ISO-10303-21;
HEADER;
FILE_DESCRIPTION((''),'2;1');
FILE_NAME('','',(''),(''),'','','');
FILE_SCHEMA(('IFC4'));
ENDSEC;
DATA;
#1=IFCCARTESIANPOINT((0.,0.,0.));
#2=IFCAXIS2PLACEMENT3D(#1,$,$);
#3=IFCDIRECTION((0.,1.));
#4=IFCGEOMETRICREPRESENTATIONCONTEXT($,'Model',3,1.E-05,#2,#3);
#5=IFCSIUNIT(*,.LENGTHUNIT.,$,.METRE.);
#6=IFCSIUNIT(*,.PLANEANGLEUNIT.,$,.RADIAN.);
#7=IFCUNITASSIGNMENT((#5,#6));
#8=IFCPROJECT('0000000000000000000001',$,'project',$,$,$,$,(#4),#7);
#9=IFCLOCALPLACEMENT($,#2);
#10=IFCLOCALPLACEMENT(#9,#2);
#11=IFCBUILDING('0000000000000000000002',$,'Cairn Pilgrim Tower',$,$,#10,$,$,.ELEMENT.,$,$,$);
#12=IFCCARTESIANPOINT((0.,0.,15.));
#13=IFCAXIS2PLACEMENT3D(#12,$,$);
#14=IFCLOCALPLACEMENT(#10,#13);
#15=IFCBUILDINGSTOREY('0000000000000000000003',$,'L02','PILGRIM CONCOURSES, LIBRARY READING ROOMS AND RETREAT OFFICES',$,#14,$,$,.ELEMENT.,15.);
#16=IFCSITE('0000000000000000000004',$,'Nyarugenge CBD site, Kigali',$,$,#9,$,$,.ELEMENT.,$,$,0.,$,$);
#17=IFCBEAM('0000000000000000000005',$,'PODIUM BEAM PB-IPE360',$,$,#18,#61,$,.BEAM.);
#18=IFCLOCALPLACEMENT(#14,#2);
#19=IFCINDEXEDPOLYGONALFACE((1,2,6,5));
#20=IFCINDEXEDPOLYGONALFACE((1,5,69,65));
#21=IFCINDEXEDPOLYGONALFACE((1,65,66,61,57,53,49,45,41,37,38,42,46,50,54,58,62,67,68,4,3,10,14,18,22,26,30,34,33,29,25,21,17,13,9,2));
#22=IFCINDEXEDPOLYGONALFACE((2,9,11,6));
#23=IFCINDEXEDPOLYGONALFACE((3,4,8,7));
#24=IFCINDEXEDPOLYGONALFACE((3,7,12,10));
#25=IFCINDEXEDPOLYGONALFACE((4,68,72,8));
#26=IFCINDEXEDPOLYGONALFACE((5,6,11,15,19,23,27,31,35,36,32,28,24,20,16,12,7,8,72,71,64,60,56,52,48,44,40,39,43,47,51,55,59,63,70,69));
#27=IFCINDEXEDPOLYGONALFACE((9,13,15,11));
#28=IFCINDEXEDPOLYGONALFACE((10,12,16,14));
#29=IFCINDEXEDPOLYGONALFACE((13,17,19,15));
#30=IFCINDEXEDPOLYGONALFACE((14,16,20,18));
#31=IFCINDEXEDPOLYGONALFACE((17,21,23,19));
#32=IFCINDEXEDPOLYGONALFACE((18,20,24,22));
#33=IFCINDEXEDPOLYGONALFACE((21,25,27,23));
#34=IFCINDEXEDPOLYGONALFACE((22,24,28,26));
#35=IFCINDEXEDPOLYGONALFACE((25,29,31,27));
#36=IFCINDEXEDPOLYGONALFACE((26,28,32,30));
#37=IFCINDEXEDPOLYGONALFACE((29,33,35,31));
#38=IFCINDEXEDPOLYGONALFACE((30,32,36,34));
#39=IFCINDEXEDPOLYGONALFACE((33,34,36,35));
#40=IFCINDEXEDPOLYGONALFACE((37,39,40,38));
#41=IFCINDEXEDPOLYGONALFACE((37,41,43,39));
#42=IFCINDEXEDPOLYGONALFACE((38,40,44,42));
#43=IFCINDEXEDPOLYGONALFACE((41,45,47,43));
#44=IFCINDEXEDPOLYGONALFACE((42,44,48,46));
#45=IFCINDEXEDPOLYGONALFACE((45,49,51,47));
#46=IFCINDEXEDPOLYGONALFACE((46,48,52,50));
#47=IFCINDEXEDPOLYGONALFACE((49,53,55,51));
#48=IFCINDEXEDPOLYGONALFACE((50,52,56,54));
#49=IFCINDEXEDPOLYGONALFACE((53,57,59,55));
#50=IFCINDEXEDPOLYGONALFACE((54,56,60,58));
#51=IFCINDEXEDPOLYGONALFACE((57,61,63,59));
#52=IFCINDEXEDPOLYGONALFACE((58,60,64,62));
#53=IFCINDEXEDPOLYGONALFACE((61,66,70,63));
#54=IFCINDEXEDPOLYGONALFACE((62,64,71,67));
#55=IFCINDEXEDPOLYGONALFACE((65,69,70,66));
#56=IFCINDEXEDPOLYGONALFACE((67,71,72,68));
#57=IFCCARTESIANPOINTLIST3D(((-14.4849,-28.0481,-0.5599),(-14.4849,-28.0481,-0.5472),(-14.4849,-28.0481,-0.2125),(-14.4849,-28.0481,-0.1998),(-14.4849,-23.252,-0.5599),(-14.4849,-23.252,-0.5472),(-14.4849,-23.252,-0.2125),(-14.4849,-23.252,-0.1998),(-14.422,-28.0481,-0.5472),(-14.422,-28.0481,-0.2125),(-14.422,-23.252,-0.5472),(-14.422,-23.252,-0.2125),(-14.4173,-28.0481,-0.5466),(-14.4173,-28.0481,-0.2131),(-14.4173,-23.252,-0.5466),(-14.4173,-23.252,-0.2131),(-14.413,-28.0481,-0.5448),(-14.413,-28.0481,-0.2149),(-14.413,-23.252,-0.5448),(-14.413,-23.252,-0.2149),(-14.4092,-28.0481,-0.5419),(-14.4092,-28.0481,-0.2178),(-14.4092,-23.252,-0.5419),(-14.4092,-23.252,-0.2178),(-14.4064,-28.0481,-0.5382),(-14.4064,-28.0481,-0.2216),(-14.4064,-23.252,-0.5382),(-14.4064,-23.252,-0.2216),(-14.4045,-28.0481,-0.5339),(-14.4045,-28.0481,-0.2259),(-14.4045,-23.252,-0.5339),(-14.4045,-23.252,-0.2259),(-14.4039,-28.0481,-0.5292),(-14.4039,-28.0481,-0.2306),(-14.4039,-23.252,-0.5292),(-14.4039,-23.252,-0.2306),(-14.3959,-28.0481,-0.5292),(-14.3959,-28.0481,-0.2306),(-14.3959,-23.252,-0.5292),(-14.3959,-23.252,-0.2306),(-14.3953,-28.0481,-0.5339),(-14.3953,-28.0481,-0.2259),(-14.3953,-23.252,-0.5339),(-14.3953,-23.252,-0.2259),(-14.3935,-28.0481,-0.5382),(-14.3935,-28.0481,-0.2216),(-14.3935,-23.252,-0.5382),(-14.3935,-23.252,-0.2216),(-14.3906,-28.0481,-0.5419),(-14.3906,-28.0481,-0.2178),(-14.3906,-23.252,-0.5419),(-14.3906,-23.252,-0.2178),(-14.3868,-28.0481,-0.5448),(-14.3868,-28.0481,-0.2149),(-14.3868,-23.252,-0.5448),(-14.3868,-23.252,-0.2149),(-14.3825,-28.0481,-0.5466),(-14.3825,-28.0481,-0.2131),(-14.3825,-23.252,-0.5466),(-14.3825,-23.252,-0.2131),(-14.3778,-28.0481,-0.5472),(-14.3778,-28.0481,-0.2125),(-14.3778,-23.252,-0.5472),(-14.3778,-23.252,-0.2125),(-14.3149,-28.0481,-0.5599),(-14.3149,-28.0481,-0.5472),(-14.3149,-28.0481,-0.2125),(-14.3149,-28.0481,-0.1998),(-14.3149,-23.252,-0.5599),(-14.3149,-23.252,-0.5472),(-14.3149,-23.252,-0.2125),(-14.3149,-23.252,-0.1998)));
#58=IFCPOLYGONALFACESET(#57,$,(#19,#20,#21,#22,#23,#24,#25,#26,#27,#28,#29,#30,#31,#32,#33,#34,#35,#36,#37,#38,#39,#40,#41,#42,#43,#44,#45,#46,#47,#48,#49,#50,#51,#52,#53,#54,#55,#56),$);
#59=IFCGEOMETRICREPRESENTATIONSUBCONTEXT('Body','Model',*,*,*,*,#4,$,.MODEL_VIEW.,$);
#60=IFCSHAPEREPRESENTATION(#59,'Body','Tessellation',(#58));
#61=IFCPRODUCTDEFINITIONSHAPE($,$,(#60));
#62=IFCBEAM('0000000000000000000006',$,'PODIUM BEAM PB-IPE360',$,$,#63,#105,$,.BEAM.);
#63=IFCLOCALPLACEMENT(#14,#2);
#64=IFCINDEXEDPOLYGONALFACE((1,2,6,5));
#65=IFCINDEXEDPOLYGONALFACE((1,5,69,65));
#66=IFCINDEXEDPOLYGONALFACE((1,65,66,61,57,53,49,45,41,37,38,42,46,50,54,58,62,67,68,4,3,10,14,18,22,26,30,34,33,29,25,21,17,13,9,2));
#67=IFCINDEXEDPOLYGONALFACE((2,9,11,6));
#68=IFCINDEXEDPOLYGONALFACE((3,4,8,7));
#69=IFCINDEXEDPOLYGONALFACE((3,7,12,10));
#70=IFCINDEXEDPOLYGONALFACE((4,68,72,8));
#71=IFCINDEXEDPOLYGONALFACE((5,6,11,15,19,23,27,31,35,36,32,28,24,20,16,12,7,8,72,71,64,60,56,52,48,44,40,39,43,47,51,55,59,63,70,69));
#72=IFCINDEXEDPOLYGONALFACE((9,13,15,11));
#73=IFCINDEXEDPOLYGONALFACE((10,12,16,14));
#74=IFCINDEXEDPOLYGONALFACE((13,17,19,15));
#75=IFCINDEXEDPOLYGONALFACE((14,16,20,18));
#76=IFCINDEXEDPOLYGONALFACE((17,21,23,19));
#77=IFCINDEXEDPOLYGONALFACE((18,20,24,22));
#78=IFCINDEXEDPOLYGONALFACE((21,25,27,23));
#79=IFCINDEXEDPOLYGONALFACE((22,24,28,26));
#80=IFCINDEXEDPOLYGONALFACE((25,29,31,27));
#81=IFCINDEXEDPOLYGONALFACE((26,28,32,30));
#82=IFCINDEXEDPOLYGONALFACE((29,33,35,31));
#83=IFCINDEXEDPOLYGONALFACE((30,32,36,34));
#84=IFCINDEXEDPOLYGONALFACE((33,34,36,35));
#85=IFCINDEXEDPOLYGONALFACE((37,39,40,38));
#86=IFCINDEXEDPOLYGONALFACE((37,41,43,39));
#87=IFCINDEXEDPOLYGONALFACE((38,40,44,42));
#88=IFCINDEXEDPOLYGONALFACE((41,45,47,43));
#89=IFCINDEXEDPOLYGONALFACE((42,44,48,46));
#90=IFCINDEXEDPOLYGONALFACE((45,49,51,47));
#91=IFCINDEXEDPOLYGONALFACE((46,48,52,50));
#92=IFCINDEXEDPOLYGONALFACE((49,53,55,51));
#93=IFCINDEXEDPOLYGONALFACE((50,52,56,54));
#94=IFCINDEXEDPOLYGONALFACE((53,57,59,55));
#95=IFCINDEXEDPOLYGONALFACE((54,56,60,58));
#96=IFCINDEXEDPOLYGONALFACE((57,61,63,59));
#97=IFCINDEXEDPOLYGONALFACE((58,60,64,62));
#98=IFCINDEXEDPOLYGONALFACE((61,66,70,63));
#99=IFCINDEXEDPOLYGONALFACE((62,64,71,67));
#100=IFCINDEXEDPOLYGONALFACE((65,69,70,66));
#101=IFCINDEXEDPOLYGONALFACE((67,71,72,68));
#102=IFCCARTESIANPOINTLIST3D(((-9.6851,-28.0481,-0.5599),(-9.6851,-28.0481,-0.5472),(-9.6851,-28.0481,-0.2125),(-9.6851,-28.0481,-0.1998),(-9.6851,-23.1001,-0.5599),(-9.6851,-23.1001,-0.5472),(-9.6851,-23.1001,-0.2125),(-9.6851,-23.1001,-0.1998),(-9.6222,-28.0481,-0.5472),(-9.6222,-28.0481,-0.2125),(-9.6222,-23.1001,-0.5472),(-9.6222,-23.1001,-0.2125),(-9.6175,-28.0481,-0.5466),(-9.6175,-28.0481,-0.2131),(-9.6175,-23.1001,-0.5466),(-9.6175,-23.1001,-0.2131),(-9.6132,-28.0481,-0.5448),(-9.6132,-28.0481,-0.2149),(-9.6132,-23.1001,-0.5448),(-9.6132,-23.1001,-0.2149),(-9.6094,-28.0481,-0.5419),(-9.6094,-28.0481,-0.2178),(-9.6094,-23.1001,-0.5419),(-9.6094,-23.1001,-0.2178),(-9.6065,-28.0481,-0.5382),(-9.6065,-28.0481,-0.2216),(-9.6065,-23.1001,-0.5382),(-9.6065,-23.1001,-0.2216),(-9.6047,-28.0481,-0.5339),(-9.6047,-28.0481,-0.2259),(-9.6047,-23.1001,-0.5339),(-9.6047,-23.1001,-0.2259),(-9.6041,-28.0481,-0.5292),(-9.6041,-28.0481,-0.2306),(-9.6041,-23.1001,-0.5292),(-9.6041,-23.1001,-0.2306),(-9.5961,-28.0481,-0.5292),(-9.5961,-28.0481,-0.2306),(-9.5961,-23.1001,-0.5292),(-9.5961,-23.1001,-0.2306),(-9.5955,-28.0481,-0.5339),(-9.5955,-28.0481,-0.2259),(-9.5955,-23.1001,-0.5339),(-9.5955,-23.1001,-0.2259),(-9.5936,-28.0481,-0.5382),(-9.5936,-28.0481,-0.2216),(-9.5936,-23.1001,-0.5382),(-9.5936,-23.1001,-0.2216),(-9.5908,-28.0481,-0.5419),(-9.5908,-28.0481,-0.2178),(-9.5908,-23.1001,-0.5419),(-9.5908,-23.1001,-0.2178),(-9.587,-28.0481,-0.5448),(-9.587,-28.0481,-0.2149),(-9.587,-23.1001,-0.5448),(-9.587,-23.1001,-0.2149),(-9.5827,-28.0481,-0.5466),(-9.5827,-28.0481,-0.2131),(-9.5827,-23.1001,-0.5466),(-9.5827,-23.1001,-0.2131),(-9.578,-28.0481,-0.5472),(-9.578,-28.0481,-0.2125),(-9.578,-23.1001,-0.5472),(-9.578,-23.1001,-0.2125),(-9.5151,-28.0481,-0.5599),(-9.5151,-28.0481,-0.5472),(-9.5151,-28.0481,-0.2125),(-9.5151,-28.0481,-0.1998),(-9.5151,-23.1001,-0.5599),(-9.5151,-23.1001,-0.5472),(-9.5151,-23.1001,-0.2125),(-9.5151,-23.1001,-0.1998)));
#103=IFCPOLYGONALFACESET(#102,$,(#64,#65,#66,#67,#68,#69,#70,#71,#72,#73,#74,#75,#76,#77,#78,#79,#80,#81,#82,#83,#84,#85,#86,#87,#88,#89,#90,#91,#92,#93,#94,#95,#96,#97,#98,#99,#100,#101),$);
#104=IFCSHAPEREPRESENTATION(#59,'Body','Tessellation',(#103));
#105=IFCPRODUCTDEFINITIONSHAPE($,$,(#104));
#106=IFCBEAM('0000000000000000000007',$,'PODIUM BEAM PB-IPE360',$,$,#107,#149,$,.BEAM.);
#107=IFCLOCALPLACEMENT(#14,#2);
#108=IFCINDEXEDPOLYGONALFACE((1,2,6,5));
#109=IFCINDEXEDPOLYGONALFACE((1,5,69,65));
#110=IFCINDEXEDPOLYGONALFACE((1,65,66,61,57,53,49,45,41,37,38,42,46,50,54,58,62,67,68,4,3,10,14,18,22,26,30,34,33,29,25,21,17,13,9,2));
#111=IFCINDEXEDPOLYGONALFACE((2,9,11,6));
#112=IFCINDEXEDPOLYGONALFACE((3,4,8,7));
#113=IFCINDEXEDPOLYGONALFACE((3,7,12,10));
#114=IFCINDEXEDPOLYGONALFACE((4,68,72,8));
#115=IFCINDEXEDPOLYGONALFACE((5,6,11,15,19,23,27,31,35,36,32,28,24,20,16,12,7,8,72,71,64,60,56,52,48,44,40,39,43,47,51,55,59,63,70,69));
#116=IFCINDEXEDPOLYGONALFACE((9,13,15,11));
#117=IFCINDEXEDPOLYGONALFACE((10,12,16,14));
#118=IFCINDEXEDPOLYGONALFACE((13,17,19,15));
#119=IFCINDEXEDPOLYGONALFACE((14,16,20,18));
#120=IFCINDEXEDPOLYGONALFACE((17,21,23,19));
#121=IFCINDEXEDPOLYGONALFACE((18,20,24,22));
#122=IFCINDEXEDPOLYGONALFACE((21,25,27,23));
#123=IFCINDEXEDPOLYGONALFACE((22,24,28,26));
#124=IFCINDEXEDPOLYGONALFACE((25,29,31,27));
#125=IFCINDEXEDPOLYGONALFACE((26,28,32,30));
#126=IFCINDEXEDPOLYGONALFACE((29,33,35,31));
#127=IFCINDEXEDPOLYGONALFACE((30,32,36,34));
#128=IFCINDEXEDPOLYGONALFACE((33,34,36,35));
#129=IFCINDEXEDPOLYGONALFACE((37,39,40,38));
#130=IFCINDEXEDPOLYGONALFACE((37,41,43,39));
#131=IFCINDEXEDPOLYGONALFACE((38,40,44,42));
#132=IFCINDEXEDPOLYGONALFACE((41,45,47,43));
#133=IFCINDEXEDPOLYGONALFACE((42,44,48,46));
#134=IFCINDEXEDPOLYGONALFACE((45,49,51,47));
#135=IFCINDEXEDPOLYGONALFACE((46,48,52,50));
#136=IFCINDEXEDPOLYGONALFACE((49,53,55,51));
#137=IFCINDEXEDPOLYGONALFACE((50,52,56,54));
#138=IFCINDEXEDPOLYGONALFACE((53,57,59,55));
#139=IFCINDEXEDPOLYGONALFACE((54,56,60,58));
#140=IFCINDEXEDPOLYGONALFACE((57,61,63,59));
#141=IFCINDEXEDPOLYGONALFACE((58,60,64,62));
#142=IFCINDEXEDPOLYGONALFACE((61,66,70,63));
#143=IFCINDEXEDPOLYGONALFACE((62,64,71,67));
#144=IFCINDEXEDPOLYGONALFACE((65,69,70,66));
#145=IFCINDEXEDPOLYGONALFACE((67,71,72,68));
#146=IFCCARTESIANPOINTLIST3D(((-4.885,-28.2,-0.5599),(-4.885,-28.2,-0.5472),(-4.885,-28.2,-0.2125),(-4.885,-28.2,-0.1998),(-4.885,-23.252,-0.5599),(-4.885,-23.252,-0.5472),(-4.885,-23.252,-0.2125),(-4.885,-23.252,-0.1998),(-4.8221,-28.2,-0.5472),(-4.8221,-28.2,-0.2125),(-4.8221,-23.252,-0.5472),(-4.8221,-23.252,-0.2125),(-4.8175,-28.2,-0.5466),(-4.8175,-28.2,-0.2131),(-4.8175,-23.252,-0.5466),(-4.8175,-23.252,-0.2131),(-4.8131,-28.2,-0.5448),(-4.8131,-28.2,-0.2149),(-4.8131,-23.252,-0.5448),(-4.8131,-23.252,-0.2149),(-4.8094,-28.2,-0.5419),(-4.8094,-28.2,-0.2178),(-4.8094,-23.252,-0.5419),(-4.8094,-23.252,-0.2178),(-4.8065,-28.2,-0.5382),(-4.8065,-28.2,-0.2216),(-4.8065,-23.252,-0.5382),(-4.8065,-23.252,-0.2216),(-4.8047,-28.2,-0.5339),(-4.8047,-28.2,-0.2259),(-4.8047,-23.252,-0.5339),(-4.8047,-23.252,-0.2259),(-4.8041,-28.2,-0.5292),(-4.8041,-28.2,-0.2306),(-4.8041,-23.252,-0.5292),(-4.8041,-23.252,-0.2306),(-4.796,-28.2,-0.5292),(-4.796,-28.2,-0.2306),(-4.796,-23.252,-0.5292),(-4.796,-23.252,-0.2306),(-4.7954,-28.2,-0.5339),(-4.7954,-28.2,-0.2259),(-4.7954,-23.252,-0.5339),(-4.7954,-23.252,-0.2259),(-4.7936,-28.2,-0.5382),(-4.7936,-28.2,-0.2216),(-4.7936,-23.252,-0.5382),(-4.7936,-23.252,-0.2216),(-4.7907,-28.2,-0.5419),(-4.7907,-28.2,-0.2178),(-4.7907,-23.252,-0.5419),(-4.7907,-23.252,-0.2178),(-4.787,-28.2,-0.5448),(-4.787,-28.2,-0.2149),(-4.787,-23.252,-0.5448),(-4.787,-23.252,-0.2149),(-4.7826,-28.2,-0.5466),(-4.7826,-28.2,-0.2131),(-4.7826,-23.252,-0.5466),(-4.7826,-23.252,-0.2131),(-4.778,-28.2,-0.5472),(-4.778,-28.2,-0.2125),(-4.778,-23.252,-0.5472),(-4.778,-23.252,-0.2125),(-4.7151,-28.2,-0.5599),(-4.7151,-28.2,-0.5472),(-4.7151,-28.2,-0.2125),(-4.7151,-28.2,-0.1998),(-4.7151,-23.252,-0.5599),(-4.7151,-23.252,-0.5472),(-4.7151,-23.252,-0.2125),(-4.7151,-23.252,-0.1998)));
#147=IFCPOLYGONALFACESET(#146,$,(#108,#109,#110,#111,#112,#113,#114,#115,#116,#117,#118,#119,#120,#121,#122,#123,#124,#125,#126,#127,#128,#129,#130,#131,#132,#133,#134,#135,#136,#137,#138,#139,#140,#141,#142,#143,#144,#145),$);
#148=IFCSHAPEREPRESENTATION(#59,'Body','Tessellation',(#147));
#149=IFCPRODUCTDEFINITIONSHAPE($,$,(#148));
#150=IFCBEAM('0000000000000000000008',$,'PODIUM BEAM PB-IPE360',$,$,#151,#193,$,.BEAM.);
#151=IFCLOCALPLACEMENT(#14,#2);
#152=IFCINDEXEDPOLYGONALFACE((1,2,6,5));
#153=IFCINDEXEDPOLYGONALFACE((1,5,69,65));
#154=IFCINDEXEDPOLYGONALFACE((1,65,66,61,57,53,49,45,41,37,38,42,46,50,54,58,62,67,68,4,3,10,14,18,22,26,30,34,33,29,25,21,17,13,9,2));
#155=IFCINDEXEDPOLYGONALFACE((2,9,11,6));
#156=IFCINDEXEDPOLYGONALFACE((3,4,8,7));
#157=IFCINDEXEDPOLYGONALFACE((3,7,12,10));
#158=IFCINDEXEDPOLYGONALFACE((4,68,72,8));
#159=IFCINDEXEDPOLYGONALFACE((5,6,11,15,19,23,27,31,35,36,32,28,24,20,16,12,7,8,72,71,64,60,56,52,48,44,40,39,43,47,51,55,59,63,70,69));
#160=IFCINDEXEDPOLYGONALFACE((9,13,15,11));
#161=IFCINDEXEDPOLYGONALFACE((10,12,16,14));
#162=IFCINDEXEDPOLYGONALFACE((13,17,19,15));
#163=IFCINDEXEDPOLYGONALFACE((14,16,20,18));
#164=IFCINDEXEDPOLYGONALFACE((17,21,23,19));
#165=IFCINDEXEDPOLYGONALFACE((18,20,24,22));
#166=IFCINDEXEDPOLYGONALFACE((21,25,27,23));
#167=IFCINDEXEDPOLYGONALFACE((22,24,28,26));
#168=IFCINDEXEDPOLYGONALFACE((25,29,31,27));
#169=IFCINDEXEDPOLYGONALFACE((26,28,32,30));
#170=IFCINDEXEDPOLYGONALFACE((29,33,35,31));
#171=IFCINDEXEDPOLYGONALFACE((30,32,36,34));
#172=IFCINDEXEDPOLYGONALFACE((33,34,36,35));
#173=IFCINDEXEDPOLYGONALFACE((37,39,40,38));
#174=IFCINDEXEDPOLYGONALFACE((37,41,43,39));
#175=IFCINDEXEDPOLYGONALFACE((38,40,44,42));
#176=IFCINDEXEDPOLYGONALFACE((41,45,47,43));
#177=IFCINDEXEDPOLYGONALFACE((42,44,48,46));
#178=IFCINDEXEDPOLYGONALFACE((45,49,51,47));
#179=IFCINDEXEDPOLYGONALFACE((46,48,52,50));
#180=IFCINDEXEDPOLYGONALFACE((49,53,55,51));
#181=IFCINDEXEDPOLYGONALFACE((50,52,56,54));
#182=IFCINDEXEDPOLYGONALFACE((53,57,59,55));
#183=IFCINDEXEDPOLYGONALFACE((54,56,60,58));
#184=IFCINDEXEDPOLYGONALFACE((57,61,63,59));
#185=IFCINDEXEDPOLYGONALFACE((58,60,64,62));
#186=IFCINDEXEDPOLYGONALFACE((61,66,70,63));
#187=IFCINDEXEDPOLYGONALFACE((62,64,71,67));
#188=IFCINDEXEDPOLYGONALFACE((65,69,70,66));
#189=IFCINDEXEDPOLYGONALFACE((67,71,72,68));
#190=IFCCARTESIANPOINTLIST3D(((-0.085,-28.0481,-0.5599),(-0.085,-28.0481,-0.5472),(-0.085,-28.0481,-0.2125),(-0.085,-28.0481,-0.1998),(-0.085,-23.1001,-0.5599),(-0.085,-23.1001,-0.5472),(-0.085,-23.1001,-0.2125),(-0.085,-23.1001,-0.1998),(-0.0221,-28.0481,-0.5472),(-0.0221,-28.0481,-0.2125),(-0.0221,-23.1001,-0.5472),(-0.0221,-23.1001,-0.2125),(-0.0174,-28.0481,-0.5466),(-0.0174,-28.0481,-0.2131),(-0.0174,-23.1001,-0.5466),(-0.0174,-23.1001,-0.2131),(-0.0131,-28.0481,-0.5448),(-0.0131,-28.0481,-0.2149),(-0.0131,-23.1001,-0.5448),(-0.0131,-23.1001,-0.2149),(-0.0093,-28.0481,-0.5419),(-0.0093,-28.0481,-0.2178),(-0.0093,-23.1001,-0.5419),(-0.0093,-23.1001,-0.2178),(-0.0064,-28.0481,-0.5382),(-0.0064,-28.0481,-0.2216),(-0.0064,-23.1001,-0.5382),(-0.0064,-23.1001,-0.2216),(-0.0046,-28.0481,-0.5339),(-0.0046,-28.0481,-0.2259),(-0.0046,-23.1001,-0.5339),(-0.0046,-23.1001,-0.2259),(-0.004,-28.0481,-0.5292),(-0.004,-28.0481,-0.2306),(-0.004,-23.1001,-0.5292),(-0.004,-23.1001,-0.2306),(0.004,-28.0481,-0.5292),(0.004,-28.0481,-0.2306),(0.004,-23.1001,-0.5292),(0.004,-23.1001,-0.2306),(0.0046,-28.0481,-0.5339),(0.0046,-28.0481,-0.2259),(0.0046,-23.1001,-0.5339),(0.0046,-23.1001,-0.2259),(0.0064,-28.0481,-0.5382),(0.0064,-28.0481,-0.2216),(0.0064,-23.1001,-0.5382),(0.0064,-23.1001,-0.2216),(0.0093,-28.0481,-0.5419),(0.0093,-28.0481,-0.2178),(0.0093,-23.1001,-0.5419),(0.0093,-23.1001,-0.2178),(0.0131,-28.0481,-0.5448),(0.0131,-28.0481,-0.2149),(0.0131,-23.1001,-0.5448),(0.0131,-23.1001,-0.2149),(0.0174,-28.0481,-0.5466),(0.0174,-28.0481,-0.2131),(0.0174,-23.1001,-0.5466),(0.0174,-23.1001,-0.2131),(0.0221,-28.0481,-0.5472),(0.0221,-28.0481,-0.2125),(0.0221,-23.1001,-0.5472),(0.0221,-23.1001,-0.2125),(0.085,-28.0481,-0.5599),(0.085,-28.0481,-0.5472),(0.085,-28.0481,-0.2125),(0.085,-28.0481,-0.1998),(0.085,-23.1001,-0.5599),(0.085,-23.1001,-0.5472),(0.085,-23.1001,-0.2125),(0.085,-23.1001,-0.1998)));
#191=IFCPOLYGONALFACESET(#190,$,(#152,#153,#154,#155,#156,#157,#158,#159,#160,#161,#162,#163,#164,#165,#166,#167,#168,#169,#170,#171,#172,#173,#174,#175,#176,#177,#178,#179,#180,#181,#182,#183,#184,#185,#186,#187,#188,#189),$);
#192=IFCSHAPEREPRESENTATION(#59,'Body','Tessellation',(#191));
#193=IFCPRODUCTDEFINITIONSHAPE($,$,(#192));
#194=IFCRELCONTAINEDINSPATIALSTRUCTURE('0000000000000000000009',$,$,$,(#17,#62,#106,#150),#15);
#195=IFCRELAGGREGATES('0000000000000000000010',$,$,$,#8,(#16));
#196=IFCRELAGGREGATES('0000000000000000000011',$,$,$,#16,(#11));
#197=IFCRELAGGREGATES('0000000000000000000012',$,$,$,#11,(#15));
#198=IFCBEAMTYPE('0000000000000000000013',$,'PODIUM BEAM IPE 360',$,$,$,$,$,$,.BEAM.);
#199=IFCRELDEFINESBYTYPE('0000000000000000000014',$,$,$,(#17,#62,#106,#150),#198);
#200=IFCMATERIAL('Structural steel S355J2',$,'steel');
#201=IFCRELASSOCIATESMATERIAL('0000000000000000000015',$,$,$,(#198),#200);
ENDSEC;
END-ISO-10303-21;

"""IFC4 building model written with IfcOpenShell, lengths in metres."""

from ifc_helpers import new_model, si_unit, direction, frame, origin, origin_2d, place, context, subcontext, project, spatial, i_section, extrude, material, material_profile, profile_set, type_object, element, save


model = new_model("IFC4")

# Units and contexts
model_context = context("Model", 3, precision=1e-05, world=origin(), true_north=direction((0.0, 1.0)))
body_context = subcontext(model_context, "Body", "Model", "MODEL_VIEW")
ifc_project = project(units=[si_unit("LENGTHUNIT", "METRE"), si_unit("PLANEANGLEUNIT", "RADIAN")], contexts=[model_context])

# Site, building, storey
site_placement = place(None, origin())
site = spatial("IfcSite", under=ifc_project, at=site_placement, Name="Nyarugenge CBD site, Kigali", CompositionType="ELEMENT", RefElevation=0.0)
building_placement = place(site_placement, origin())
building = spatial("IfcBuilding", under=site, at=building_placement, Name="Cairn Pilgrim Tower", CompositionType="ELEMENT")
storey_placement = place(building_placement, frame((0.0, 0.0, 15.0)))
storey = spatial("IfcBuildingStorey", under=building, at=storey_placement, Name="L02", Description="PILGRIM CONCOURSES, LIBRARY READING ROOMS AND RETREAT OFFICES", CompositionType="ELEMENT", Elevation=15.0)

# Beams
ifc_material_1 = material(Name="Structural steel S355J2", Category="steel")
ifc_material_profile_1 = material_profile(ifc_material_1, i_section(OverallWidth=0.1699, OverallDepth=0.3601, WebThickness=0.0081, FlangeThickness=0.0127, FilletRadius=0.0181, at=origin_2d()), Name="IPE 360")
ifc_profile_set_1 = profile_set([ifc_material_profile_1], Name="Structural steel S355J2")
beam_type_1 = type_object("IfcBeamType", Name="PODIUM BEAM IPE 360", PredefinedType="BEAM", material=ifc_profile_set_1)
beam_1_placement = place(storey_placement, frame((-14.3999, -28.0481, -0.3799), z_axis=(0.0, 1.0, 0.0), x_axis=(-1.0, 0.0, 0.0)))
element("IfcBeam", 1, at=beam_1_placement, inside=storey, type_object=beam_type_1, Name="PODIUM BEAM PB-IPE360", PredefinedType="BEAM", context=body_context, shape_type="SweptSolid", body=[
    extrude(i_section(OverallWidth=0.1699, OverallDepth=0.3601, WebThickness=0.0081, FlangeThickness=0.0127, FilletRadius=0.0181, at=origin_2d()), origin(), (0.0, 0.0, 1.0), 4.7961),
])
for number, where, z_axis, x_axis, name in (
    (2, (-9.6001, -28.0481, -0.3799), (0.0, 1.0, 0.0), (-1.0, 0.0, 0.0), "PODIUM BEAM PB-IPE360"),
    (3, (-4.8, -28.2, -0.3799), (0.0, 1.0, 0.0), (-1.0, 0.0, 0.0), "PODIUM BEAM PB-IPE360"),
    (4, (0.0, -28.0481, -0.3799), (0.0, 1.0, 0.0), (-1.0, 0.0, 0.0), "PODIUM BEAM PB-IPE360"),
):
    element("IfcBeam", number, at=place(storey_placement, frame(where, z_axis=z_axis, x_axis=x_axis)), inside=storey, type_object=beam_type_1, Name=name, PredefinedType="BEAM", context=body_context, shape_type="SweptSolid", body=[
        extrude(i_section(OverallWidth=0.1699, OverallDepth=0.3601, WebThickness=0.0081, FlangeThickness=0.0127, FilletRadius=0.0181, at=origin_2d()), origin(), (0.0, 0.0, 1.0), 4.948),
    ])

save(model, "model.ifc")
